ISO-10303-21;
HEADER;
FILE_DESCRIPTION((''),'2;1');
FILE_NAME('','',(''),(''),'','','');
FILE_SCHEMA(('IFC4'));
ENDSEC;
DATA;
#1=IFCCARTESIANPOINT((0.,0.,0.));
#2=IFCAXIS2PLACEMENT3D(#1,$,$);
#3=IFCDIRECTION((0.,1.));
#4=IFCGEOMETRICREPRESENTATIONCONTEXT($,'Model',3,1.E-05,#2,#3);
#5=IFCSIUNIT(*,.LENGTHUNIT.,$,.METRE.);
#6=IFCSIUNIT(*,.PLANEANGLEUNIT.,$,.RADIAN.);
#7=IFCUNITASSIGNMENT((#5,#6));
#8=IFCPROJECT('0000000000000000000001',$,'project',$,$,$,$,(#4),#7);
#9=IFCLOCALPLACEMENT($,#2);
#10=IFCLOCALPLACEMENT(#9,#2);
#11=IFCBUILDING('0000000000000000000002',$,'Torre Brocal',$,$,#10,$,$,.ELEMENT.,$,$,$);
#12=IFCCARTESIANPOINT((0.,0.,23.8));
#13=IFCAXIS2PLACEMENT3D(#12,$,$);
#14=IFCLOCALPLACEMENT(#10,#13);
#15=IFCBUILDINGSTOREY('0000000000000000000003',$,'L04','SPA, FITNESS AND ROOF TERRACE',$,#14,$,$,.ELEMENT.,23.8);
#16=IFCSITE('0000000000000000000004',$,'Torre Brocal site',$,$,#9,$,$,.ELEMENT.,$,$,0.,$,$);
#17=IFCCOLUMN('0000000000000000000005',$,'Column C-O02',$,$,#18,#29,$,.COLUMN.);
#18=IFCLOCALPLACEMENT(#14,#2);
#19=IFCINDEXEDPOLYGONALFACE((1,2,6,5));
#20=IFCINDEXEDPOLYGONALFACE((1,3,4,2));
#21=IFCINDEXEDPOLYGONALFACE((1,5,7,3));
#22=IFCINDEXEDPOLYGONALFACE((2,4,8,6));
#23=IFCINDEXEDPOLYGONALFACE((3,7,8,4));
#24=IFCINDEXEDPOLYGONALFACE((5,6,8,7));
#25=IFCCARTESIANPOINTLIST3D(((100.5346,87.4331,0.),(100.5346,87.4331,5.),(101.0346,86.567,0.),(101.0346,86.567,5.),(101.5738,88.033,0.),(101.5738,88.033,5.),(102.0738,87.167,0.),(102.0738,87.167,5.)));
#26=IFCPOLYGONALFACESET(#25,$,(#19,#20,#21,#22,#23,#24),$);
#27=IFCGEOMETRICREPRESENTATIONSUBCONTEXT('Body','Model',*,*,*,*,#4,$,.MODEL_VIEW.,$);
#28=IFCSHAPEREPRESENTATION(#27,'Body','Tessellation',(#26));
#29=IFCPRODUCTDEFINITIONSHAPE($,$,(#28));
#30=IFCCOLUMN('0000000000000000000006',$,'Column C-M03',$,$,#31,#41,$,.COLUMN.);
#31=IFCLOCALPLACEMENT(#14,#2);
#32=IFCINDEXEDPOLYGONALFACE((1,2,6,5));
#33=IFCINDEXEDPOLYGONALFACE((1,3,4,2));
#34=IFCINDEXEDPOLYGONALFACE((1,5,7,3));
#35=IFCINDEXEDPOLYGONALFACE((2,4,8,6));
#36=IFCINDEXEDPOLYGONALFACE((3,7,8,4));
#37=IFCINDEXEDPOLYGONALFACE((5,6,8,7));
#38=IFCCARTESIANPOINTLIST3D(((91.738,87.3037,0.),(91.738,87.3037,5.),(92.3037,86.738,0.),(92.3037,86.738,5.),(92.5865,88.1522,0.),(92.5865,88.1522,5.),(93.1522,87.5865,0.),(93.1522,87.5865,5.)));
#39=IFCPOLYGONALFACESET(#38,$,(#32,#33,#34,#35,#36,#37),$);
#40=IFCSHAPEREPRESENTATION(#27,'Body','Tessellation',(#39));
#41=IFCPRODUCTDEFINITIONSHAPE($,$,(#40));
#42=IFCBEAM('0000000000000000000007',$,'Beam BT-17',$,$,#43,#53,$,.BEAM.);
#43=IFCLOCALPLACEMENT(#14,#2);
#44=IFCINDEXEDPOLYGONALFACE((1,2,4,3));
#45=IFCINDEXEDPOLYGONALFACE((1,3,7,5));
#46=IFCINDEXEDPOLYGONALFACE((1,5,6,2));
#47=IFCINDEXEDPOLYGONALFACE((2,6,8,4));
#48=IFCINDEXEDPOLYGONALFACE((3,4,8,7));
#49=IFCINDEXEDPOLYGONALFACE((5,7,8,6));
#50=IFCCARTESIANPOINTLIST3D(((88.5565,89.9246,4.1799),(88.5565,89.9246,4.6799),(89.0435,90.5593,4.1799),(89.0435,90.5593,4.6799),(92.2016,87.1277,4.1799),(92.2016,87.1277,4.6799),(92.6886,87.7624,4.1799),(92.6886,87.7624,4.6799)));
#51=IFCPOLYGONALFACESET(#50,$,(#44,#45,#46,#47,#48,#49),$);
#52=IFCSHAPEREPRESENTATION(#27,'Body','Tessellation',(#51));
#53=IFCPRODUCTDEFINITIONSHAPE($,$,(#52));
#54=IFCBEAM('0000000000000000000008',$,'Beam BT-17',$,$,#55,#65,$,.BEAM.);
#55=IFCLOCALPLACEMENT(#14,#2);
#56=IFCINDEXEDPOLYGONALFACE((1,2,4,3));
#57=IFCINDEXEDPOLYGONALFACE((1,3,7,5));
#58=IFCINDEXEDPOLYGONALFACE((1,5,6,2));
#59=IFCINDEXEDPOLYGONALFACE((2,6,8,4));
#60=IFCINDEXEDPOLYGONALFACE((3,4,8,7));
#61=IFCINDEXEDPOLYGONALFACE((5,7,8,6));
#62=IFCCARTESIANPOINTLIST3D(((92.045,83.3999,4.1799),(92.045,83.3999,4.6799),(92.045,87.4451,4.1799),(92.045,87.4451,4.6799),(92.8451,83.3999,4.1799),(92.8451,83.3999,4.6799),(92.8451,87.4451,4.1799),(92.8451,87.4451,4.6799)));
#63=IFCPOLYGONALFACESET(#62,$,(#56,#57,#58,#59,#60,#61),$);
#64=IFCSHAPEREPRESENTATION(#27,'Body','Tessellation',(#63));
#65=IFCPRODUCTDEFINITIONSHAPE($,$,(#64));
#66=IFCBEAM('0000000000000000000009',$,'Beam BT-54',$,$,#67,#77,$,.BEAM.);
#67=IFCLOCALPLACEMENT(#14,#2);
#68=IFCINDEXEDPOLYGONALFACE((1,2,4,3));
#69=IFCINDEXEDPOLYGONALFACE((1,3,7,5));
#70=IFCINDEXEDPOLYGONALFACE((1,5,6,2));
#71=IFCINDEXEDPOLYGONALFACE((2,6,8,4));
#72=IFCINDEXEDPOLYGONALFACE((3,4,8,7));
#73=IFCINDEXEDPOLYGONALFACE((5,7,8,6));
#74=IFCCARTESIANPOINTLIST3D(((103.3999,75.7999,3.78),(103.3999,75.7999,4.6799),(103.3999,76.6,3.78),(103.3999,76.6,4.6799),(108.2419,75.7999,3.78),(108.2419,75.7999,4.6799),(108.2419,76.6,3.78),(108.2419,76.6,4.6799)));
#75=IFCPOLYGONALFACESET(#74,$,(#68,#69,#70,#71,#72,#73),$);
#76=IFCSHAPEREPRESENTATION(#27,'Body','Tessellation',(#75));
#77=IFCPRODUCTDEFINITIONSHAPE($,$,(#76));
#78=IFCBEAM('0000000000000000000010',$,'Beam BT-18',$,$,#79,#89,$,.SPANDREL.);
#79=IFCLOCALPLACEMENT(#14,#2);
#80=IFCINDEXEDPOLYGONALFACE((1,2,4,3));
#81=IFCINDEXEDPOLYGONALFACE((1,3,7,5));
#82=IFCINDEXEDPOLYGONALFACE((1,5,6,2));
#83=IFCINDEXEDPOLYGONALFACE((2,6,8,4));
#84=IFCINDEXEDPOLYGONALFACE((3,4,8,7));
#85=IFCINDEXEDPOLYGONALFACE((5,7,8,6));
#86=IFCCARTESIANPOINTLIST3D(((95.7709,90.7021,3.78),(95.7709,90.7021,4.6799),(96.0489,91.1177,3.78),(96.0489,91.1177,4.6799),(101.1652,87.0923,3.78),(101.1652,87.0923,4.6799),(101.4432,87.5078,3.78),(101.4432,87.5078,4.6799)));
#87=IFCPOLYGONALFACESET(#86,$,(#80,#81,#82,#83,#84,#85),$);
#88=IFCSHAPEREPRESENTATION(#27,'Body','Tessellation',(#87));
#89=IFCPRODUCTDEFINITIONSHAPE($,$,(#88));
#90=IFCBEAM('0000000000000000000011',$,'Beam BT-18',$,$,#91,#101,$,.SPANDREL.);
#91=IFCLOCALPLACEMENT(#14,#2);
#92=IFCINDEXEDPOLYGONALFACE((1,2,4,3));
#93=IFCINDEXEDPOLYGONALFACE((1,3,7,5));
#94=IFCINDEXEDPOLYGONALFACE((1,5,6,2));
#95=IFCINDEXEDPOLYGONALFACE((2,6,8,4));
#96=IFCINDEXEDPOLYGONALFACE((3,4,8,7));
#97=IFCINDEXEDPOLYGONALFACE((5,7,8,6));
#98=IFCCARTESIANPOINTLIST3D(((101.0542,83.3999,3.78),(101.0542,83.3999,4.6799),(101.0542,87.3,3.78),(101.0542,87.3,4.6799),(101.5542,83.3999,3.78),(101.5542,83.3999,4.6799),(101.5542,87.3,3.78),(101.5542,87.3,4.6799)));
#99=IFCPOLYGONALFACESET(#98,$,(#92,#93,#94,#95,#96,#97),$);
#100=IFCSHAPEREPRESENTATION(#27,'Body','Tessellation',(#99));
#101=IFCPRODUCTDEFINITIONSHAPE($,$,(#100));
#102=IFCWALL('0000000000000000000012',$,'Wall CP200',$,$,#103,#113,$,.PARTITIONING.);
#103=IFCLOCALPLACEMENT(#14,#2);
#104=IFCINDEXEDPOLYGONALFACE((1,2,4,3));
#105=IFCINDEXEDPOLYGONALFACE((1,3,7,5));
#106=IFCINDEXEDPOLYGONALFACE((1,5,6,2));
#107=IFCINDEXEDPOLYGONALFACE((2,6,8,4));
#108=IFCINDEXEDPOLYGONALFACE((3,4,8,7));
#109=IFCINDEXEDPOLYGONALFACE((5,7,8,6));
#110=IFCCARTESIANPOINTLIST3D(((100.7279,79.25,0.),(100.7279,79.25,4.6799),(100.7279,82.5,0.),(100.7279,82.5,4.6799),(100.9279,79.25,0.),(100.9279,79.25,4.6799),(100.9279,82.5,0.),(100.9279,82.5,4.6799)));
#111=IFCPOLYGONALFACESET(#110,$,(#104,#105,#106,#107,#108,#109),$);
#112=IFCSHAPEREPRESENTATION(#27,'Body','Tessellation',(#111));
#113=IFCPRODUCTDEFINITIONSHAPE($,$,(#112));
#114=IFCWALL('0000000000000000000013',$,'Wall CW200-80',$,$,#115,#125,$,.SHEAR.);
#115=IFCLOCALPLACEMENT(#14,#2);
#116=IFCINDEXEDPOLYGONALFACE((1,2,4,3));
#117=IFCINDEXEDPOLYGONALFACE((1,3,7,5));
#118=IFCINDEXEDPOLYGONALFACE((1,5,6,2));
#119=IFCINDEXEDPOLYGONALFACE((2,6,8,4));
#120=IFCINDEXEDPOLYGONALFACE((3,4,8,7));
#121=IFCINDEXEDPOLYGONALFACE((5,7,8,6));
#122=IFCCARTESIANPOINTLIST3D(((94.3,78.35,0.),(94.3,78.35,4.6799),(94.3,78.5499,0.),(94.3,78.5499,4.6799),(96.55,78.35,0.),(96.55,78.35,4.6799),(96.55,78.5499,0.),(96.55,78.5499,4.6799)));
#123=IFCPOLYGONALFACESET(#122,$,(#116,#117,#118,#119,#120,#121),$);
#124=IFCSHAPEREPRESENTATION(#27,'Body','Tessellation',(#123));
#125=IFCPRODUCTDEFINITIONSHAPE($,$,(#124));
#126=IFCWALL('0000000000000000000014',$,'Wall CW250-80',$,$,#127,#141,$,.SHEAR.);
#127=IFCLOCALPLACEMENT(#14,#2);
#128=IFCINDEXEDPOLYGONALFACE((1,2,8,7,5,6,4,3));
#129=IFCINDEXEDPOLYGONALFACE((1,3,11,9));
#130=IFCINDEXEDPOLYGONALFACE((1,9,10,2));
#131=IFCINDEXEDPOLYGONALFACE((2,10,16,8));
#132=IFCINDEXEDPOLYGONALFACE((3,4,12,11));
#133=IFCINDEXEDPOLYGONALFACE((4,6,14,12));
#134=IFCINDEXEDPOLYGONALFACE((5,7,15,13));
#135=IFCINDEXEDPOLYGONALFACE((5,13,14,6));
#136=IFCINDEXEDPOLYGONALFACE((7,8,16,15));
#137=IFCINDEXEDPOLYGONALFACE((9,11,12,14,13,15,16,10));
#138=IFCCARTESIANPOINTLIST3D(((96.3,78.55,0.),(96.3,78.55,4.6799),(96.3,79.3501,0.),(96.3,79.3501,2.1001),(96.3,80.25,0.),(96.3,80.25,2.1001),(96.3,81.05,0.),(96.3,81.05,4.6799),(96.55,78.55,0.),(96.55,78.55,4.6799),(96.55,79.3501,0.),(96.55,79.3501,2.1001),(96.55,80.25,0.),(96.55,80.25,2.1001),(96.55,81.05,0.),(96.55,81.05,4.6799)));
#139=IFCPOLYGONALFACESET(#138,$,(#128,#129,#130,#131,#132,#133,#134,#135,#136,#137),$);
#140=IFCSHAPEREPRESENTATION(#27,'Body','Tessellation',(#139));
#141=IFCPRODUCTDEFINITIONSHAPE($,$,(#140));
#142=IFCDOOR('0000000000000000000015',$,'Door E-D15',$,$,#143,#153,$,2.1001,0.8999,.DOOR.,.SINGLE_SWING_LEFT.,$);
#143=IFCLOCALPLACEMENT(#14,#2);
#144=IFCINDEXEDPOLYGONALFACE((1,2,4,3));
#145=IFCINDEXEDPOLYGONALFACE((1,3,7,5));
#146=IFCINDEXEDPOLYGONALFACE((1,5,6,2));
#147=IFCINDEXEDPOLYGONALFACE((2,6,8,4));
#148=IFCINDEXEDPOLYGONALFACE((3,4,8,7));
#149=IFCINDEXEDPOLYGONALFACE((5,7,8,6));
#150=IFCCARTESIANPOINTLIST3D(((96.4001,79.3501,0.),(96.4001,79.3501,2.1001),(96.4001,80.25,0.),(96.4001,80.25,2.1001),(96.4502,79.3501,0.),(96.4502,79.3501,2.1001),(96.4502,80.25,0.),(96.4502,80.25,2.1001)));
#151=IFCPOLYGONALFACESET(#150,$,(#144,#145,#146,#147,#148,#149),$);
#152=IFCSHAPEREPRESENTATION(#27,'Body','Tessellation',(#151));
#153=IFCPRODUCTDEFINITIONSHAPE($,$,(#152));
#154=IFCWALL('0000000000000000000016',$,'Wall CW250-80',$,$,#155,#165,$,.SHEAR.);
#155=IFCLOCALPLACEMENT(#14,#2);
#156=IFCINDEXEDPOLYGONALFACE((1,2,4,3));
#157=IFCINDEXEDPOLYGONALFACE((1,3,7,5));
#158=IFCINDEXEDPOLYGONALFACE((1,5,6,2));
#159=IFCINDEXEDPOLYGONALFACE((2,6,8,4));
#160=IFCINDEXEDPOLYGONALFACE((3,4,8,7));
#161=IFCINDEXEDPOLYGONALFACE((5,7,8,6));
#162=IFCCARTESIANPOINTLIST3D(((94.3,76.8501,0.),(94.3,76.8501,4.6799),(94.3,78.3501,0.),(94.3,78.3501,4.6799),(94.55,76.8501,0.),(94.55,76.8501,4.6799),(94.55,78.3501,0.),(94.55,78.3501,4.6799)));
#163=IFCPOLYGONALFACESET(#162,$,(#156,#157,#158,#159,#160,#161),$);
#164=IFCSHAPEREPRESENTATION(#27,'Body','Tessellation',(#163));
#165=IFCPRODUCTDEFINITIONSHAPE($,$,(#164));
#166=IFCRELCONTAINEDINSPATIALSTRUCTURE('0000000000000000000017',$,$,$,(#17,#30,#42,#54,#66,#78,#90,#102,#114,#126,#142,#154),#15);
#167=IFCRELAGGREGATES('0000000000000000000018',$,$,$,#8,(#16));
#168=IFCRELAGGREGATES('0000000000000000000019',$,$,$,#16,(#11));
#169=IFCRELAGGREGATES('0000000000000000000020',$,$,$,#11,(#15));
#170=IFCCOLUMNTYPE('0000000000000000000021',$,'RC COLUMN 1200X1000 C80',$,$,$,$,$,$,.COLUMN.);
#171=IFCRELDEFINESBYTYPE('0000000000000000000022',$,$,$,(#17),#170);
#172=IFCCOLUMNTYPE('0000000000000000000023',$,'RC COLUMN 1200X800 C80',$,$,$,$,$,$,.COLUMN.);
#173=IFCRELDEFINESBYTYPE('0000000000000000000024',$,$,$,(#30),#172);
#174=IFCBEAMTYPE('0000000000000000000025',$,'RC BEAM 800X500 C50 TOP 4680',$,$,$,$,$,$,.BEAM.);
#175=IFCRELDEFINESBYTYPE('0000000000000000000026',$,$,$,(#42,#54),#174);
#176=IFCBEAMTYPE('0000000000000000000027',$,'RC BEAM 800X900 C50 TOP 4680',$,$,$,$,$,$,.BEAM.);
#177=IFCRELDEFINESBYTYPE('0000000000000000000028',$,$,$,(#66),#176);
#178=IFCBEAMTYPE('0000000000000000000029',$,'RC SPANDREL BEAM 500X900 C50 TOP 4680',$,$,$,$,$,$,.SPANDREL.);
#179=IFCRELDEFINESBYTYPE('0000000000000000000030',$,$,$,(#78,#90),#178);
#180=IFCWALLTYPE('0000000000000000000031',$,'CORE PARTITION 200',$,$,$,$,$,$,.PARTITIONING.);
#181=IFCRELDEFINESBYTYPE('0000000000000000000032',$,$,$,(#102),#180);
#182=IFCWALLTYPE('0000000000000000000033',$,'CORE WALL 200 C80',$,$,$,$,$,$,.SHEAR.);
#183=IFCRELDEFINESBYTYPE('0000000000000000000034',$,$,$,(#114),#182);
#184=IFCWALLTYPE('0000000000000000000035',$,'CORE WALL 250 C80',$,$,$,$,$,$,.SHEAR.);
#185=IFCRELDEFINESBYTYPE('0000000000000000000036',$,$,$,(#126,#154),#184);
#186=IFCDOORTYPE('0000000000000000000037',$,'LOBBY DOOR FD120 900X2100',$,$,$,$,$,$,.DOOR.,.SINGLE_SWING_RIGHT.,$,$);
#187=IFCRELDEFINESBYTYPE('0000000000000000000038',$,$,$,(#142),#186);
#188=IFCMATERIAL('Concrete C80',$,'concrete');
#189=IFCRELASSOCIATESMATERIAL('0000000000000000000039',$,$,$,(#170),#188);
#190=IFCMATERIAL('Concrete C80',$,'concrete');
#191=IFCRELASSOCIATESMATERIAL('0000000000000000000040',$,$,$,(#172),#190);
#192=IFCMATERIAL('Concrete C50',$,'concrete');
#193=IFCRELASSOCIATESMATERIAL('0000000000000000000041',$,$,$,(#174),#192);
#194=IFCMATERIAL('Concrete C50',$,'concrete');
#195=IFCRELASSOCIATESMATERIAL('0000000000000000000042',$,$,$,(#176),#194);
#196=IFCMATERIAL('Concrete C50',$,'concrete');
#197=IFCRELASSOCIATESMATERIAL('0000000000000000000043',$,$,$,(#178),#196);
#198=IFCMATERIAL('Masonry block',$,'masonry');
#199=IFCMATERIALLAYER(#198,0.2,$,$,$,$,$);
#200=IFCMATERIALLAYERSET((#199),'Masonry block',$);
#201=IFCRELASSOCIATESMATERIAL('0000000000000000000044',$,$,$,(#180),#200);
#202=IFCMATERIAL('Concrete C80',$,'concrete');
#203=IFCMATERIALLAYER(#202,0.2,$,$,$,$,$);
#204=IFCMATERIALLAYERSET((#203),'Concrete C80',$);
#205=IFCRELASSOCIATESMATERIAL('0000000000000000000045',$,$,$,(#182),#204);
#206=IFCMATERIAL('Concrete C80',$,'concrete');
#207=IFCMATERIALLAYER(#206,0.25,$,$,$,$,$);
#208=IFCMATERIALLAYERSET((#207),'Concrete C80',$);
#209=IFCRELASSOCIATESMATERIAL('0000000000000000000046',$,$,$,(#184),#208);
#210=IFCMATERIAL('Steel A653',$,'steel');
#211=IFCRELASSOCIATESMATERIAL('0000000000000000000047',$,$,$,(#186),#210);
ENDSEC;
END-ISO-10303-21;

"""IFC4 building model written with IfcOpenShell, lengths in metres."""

from ifc_helpers import new_model, si_unit, direction, frame, frame_2d, origin, origin_2d, place, context, subcontext, project, spatial, rectangle, extrude, material, layer, layer_set, material_profile, profile_set, type_object, element, fill, save


model = new_model("IFC4")

# Units and contexts
model_context = context("Model", 3, precision=1e-05, world=origin(), true_north=direction((0.0, 1.0)))
body_context = subcontext(model_context, "Body", "Model", "MODEL_VIEW")
ifc_project = project(units=[si_unit("LENGTHUNIT", "METRE"), si_unit("PLANEANGLEUNIT", "RADIAN")], contexts=[model_context])

# Site, building, storey
site_placement = place(None, origin())
site = spatial("IfcSite", under=ifc_project, at=site_placement, Name="Torre Brocal site", CompositionType="ELEMENT", RefElevation=0.0)
building_placement = place(site_placement, origin())
building = spatial("IfcBuilding", under=site, at=building_placement, Name="Torre Brocal", CompositionType="ELEMENT")
storey_placement = place(building_placement, frame((0.0, 0.0, 23.8)))
storey = spatial("IfcBuildingStorey", under=building, at=storey_placement, Name="L04", Description="SPA, FITNESS AND ROOF TERRACE", CompositionType="ELEMENT", Elevation=23.8)

# Columns
ifc_material_1 = material(Name="Concrete C80", Category="concrete")
ifc_material_profile_1 = material_profile(ifc_material_1, rectangle(XDim=1.2, YDim=1.0, at=origin_2d()), Name="RC 1200X1000")
ifc_profile_set_1 = profile_set([ifc_material_profile_1], Name="Concrete C80")
column_type_1 = type_object("IfcColumnType", Name="RC COLUMN 1200X1000 C80", PredefinedType="COLUMN", material=ifc_profile_set_1)
column_1_placement = place(storey_placement, frame((101.3042, 87.3, 0.0), z_axis=(0.0, 0.0, 1.0), x_axis=(0.866025, 0.5, 0.0)))
element("IfcColumn", 1, at=column_1_placement, inside=storey, type_object=column_type_1, Name="Column C-O02", PredefinedType="COLUMN", context=body_context, shape_type="SweptSolid", body=[
    extrude(rectangle(XDim=1.2, YDim=1.0, at=origin_2d()), origin(), (0.0, 0.0, 1.0), 5.0),
])
ifc_material_2 = material(Name="Concrete C80", Category="concrete")
ifc_material_profile_2 = material_profile(ifc_material_2, rectangle(XDim=1.2, YDim=0.8, at=origin_2d()), Name="RC 1200X800")
ifc_profile_set_2 = profile_set([ifc_material_profile_2], Name="Concrete C80")
column_type_2 = type_object("IfcColumnType", Name="RC COLUMN 1200X800 C80", PredefinedType="COLUMN", material=ifc_profile_set_2)
column_2_placement = place(storey_placement, frame((92.4451, 87.4451, 0.0), z_axis=(0.0, 0.0, 1.0), x_axis=(0.707107, 0.707107, 0.0)))
element("IfcColumn", 2, at=column_2_placement, inside=storey, type_object=column_type_2, Name="Column C-M03", PredefinedType="COLUMN", context=body_context, shape_type="SweptSolid", body=[
    extrude(rectangle(XDim=1.2, YDim=0.8, at=origin_2d()), origin(), (0.0, 0.0, 1.0), 5.0),
])

# Beams
ifc_material_3 = material(Name="Concrete C50", Category="concrete")
ifc_material_profile_3 = material_profile(ifc_material_3, rectangle(XDim=0.8, YDim=0.5, at=origin_2d()), Name="RC 800X500")
ifc_profile_set_3 = profile_set([ifc_material_profile_3], Name="Concrete C50")
beam_type_1 = type_object("IfcBeamType", Name="RC BEAM 800X500 C50 TOP 4680", PredefinedType="BEAM", material=ifc_profile_set_3)
beam_1_placement = place(storey_placement, frame((92.4451, 87.4451, 4.4299), z_axis=(-0.793358, 0.608755, 0.0), x_axis=(-0.608755, -0.793358, 0.0)))
element("IfcBeam", 3, at=beam_1_placement, inside=storey, type_object=beam_type_1, Name="Beam BT-17", PredefinedType="BEAM", context=body_context, shape_type="SweptSolid", body=[
    extrude(rectangle(XDim=0.8, YDim=0.5, at=origin_2d()), origin(), (0.0, 0.0, 1.0), 4.5945),
])
beam_2_placement = place(storey_placement, frame((92.4451, 87.4451, 4.4299), z_axis=(0.0, -1.0, 0.0), x_axis=(1.0, 0.0, 0.0)))
element("IfcBeam", 4, at=beam_2_placement, inside=storey, type_object=beam_type_1, Name="Beam BT-17", PredefinedType="BEAM", context=body_context, shape_type="SweptSolid", body=[
    extrude(rectangle(XDim=0.8, YDim=0.5, at=origin_2d()), origin(), (0.0, 0.0, 1.0), 4.0452),
])
ifc_material_4 = material(Name="Concrete C50", Category="concrete")
ifc_material_profile_4 = material_profile(ifc_material_4, rectangle(XDim=0.8, YDim=0.8999, at=origin_2d()), Name="RC 800X900")
ifc_profile_set_4 = profile_set([ifc_material_profile_4], Name="Concrete C50")
beam_type_2 = type_object("IfcBeamType", Name="RC BEAM 800X900 C50 TOP 4680", PredefinedType="BEAM", material=ifc_profile_set_4)
beam_3_placement = place(storey_placement, frame((103.3999, 76.2, 4.23), z_axis=(1.0, 0.0, 0.0), x_axis=(0.0, 1.0, 0.0)))
element("IfcBeam", 5, at=beam_3_placement, inside=storey, type_object=beam_type_2, Name="Beam BT-54", PredefinedType="BEAM", context=body_context, shape_type="SweptSolid", body=[
    extrude(rectangle(XDim=0.8, YDim=0.8999, at=origin_2d()), origin(), (0.0, 0.0, 1.0), 4.842),
])
ifc_material_5 = material(Name="Concrete C50", Category="concrete")
ifc_material_profile_5 = material_profile(ifc_material_5, rectangle(XDim=0.5, YDim=0.8999, at=origin_2d()), Name="RC 500X900")
ifc_profile_set_5 = profile_set([ifc_material_profile_5], Name="Concrete C50")
beam_type_3 = type_object("IfcBeamType", Name="RC SPANDREL BEAM 500X900 C50 TOP 4680", PredefinedType="SPANDREL", material=ifc_profile_set_5)
beam_4_placement = place(storey_placement, frame((101.3042, 87.3, 4.23), z_axis=(-0.831077, 0.556158, 0.0), x_axis=(-0.556158, -0.831077, 0.0)))
element("IfcBeam", 6, at=beam_4_placement, inside=storey, type_object=beam_type_3, Name="Beam BT-18", PredefinedType="SPANDREL", context=body_context, shape_type="SweptSolid", body=[
    extrude(rectangle(XDim=0.5, YDim=0.8999, at=origin_2d()), origin(), (0.0, 0.0, 1.0), 6.4907),
])
beam_5_placement = place(storey_placement, frame((101.3042, 87.3, 4.23), z_axis=(0.0, -1.0, 0.0), x_axis=(1.0, 0.0, 0.0)))
element("IfcBeam", 7, at=beam_5_placement, inside=storey, type_object=beam_type_3, Name="Beam BT-18", PredefinedType="SPANDREL", context=body_context, shape_type="SweptSolid", body=[
    extrude(rectangle(XDim=0.5, YDim=0.8999, at=origin_2d()), origin(), (0.0, 0.0, 1.0), 3.9001),
])

# Walls
ifc_material_6 = material(Name="Masonry block", Category="masonry")
ifc_layer_1 = layer(ifc_material_6, 0.2)
ifc_layer_set_1 = layer_set([ifc_layer_1], Name="Masonry block")
wall_type_1 = type_object("IfcWallType", Name="CORE PARTITION 200", PredefinedType="PARTITIONING", material=ifc_layer_set_1)
wall_1_placement = place(storey_placement, frame((100.8279, 79.25, 0.0), z_axis=(0.0, 0.0, 1.0), x_axis=(0.0, 1.0, 0.0)))
element("IfcWall", 8, at=wall_1_placement, inside=storey, type_object=wall_type_1, Name="Wall CP200", PredefinedType="PARTITIONING", context=body_context, shape_type="SweptSolid", body=[
    extrude(rectangle(XDim=3.25, YDim=0.2, at=frame_2d((1.625, 0.0))), origin(), (0.0, 0.0, 1.0), 4.6799),
])
ifc_material_7 = material(Name="Concrete C80", Category="concrete")
ifc_layer_2 = layer(ifc_material_7, 0.2)
ifc_layer_set_2 = layer_set([ifc_layer_2], Name="Concrete C80")
wall_type_2 = type_object("IfcWallType", Name="CORE WALL 200 C80", PredefinedType="SHEAR", material=ifc_layer_set_2)
wall_2_placement = place(storey_placement, frame((94.3, 78.45, 0.0), z_axis=(0.0, 0.0, 1.0), x_axis=(1.0, 0.0, 0.0)))
element("IfcWall", 9, at=wall_2_placement, inside=storey, type_object=wall_type_2, Name="Wall CW200-80", PredefinedType="SHEAR", context=body_context, shape_type="SweptSolid", body=[
    extrude(rectangle(XDim=2.25, YDim=0.2, at=frame_2d((1.125, 0.0))), origin(), (0.0, 0.0, 1.0), 4.6799),
])

# Wall, opening, door
ifc_material_8 = material(Name="Concrete C80", Category="concrete")
ifc_layer_3 = layer(ifc_material_8, 0.25)
ifc_layer_set_3 = layer_set([ifc_layer_3], Name="Concrete C80")
wall_type_3 = type_object("IfcWallType", Name="CORE WALL 250 C80", PredefinedType="SHEAR", material=ifc_layer_set_3)
wall_3_placement = place(storey_placement, frame((96.425, 78.55, 0.0), z_axis=(0.0, 0.0, 1.0), x_axis=(0.0, 1.0, 0.0)))
wall_3 = element("IfcWall", 10, at=wall_3_placement, inside=storey, type_object=wall_type_3, Name="Wall CW250-80", PredefinedType="SHEAR", context=body_context, shape_type="SweptSolid", body=[
    extrude(rectangle(XDim=2.5, YDim=0.25, at=frame_2d((1.25, 0.0))), origin(), (0.0, 0.0, 1.0), 4.6799),
])
opening_1_placement = place(wall_3_placement, frame((0.8, 0.0, 0.0)))
opening_1 = element("IfcOpeningElement", 11, at=opening_1_placement, cuts=wall_3, PredefinedType="OPENING", context=body_context, shape_type="SweptSolid", body=[
    extrude(rectangle(XDim=0.8999, YDim=2.1001, at=frame_2d((0.45, 1.05))), frame((0.0, 0.135, 0.0), z_axis=(0.0, -1.0, 0.0), x_axis=(1.0, 0.0, 0.0)), (0.0, 0.0, 1.0), 0.27),
])
ifc_material_9 = material(Name="Steel A653", Category="steel")
door_type_1 = type_object("IfcDoorType", Name="LOBBY DOOR FD120 900X2100", OperationType="SINGLE_SWING_RIGHT", PredefinedType="DOOR", material=ifc_material_9)
door_1_placement = place(opening_1_placement, origin())
door_1 = element("IfcDoor", 12, at=door_1_placement, inside=storey, type_object=door_type_1, Name="Door E-D15", OperationType="SINGLE_SWING_LEFT", OverallHeight=2.1001, OverallWidth=0.8999, PredefinedType="DOOR", context=body_context, shape_type="SweptSolid", body=[
    extrude(rectangle(XDim=0.8999, YDim=2.1001, at=frame_2d((0.45, 1.05))), frame((0.0, 0.0249, 0.0), z_axis=(0.0, -1.0, 0.0), x_axis=(1.0, 0.0, 0.0)), (0.0, 0.0, 1.0), 0.05),
])
fill(opening_1, door_1)

# Wall
wall_4_placement = place(storey_placement, frame((94.425, 76.8501, 0.0), z_axis=(0.0, 0.0, 1.0), x_axis=(0.0, 1.0, 0.0)))
element("IfcWall", 13, at=wall_4_placement, inside=storey, type_object=wall_type_3, Name="Wall CW250-80", PredefinedType="SHEAR", context=body_context, shape_type="SweptSolid", body=[
    extrude(rectangle(XDim=1.5, YDim=0.25, at=frame_2d((0.75, 0.0))), origin(), (0.0, 0.0, 1.0), 4.6799),
])

save(model, "model.ifc")
